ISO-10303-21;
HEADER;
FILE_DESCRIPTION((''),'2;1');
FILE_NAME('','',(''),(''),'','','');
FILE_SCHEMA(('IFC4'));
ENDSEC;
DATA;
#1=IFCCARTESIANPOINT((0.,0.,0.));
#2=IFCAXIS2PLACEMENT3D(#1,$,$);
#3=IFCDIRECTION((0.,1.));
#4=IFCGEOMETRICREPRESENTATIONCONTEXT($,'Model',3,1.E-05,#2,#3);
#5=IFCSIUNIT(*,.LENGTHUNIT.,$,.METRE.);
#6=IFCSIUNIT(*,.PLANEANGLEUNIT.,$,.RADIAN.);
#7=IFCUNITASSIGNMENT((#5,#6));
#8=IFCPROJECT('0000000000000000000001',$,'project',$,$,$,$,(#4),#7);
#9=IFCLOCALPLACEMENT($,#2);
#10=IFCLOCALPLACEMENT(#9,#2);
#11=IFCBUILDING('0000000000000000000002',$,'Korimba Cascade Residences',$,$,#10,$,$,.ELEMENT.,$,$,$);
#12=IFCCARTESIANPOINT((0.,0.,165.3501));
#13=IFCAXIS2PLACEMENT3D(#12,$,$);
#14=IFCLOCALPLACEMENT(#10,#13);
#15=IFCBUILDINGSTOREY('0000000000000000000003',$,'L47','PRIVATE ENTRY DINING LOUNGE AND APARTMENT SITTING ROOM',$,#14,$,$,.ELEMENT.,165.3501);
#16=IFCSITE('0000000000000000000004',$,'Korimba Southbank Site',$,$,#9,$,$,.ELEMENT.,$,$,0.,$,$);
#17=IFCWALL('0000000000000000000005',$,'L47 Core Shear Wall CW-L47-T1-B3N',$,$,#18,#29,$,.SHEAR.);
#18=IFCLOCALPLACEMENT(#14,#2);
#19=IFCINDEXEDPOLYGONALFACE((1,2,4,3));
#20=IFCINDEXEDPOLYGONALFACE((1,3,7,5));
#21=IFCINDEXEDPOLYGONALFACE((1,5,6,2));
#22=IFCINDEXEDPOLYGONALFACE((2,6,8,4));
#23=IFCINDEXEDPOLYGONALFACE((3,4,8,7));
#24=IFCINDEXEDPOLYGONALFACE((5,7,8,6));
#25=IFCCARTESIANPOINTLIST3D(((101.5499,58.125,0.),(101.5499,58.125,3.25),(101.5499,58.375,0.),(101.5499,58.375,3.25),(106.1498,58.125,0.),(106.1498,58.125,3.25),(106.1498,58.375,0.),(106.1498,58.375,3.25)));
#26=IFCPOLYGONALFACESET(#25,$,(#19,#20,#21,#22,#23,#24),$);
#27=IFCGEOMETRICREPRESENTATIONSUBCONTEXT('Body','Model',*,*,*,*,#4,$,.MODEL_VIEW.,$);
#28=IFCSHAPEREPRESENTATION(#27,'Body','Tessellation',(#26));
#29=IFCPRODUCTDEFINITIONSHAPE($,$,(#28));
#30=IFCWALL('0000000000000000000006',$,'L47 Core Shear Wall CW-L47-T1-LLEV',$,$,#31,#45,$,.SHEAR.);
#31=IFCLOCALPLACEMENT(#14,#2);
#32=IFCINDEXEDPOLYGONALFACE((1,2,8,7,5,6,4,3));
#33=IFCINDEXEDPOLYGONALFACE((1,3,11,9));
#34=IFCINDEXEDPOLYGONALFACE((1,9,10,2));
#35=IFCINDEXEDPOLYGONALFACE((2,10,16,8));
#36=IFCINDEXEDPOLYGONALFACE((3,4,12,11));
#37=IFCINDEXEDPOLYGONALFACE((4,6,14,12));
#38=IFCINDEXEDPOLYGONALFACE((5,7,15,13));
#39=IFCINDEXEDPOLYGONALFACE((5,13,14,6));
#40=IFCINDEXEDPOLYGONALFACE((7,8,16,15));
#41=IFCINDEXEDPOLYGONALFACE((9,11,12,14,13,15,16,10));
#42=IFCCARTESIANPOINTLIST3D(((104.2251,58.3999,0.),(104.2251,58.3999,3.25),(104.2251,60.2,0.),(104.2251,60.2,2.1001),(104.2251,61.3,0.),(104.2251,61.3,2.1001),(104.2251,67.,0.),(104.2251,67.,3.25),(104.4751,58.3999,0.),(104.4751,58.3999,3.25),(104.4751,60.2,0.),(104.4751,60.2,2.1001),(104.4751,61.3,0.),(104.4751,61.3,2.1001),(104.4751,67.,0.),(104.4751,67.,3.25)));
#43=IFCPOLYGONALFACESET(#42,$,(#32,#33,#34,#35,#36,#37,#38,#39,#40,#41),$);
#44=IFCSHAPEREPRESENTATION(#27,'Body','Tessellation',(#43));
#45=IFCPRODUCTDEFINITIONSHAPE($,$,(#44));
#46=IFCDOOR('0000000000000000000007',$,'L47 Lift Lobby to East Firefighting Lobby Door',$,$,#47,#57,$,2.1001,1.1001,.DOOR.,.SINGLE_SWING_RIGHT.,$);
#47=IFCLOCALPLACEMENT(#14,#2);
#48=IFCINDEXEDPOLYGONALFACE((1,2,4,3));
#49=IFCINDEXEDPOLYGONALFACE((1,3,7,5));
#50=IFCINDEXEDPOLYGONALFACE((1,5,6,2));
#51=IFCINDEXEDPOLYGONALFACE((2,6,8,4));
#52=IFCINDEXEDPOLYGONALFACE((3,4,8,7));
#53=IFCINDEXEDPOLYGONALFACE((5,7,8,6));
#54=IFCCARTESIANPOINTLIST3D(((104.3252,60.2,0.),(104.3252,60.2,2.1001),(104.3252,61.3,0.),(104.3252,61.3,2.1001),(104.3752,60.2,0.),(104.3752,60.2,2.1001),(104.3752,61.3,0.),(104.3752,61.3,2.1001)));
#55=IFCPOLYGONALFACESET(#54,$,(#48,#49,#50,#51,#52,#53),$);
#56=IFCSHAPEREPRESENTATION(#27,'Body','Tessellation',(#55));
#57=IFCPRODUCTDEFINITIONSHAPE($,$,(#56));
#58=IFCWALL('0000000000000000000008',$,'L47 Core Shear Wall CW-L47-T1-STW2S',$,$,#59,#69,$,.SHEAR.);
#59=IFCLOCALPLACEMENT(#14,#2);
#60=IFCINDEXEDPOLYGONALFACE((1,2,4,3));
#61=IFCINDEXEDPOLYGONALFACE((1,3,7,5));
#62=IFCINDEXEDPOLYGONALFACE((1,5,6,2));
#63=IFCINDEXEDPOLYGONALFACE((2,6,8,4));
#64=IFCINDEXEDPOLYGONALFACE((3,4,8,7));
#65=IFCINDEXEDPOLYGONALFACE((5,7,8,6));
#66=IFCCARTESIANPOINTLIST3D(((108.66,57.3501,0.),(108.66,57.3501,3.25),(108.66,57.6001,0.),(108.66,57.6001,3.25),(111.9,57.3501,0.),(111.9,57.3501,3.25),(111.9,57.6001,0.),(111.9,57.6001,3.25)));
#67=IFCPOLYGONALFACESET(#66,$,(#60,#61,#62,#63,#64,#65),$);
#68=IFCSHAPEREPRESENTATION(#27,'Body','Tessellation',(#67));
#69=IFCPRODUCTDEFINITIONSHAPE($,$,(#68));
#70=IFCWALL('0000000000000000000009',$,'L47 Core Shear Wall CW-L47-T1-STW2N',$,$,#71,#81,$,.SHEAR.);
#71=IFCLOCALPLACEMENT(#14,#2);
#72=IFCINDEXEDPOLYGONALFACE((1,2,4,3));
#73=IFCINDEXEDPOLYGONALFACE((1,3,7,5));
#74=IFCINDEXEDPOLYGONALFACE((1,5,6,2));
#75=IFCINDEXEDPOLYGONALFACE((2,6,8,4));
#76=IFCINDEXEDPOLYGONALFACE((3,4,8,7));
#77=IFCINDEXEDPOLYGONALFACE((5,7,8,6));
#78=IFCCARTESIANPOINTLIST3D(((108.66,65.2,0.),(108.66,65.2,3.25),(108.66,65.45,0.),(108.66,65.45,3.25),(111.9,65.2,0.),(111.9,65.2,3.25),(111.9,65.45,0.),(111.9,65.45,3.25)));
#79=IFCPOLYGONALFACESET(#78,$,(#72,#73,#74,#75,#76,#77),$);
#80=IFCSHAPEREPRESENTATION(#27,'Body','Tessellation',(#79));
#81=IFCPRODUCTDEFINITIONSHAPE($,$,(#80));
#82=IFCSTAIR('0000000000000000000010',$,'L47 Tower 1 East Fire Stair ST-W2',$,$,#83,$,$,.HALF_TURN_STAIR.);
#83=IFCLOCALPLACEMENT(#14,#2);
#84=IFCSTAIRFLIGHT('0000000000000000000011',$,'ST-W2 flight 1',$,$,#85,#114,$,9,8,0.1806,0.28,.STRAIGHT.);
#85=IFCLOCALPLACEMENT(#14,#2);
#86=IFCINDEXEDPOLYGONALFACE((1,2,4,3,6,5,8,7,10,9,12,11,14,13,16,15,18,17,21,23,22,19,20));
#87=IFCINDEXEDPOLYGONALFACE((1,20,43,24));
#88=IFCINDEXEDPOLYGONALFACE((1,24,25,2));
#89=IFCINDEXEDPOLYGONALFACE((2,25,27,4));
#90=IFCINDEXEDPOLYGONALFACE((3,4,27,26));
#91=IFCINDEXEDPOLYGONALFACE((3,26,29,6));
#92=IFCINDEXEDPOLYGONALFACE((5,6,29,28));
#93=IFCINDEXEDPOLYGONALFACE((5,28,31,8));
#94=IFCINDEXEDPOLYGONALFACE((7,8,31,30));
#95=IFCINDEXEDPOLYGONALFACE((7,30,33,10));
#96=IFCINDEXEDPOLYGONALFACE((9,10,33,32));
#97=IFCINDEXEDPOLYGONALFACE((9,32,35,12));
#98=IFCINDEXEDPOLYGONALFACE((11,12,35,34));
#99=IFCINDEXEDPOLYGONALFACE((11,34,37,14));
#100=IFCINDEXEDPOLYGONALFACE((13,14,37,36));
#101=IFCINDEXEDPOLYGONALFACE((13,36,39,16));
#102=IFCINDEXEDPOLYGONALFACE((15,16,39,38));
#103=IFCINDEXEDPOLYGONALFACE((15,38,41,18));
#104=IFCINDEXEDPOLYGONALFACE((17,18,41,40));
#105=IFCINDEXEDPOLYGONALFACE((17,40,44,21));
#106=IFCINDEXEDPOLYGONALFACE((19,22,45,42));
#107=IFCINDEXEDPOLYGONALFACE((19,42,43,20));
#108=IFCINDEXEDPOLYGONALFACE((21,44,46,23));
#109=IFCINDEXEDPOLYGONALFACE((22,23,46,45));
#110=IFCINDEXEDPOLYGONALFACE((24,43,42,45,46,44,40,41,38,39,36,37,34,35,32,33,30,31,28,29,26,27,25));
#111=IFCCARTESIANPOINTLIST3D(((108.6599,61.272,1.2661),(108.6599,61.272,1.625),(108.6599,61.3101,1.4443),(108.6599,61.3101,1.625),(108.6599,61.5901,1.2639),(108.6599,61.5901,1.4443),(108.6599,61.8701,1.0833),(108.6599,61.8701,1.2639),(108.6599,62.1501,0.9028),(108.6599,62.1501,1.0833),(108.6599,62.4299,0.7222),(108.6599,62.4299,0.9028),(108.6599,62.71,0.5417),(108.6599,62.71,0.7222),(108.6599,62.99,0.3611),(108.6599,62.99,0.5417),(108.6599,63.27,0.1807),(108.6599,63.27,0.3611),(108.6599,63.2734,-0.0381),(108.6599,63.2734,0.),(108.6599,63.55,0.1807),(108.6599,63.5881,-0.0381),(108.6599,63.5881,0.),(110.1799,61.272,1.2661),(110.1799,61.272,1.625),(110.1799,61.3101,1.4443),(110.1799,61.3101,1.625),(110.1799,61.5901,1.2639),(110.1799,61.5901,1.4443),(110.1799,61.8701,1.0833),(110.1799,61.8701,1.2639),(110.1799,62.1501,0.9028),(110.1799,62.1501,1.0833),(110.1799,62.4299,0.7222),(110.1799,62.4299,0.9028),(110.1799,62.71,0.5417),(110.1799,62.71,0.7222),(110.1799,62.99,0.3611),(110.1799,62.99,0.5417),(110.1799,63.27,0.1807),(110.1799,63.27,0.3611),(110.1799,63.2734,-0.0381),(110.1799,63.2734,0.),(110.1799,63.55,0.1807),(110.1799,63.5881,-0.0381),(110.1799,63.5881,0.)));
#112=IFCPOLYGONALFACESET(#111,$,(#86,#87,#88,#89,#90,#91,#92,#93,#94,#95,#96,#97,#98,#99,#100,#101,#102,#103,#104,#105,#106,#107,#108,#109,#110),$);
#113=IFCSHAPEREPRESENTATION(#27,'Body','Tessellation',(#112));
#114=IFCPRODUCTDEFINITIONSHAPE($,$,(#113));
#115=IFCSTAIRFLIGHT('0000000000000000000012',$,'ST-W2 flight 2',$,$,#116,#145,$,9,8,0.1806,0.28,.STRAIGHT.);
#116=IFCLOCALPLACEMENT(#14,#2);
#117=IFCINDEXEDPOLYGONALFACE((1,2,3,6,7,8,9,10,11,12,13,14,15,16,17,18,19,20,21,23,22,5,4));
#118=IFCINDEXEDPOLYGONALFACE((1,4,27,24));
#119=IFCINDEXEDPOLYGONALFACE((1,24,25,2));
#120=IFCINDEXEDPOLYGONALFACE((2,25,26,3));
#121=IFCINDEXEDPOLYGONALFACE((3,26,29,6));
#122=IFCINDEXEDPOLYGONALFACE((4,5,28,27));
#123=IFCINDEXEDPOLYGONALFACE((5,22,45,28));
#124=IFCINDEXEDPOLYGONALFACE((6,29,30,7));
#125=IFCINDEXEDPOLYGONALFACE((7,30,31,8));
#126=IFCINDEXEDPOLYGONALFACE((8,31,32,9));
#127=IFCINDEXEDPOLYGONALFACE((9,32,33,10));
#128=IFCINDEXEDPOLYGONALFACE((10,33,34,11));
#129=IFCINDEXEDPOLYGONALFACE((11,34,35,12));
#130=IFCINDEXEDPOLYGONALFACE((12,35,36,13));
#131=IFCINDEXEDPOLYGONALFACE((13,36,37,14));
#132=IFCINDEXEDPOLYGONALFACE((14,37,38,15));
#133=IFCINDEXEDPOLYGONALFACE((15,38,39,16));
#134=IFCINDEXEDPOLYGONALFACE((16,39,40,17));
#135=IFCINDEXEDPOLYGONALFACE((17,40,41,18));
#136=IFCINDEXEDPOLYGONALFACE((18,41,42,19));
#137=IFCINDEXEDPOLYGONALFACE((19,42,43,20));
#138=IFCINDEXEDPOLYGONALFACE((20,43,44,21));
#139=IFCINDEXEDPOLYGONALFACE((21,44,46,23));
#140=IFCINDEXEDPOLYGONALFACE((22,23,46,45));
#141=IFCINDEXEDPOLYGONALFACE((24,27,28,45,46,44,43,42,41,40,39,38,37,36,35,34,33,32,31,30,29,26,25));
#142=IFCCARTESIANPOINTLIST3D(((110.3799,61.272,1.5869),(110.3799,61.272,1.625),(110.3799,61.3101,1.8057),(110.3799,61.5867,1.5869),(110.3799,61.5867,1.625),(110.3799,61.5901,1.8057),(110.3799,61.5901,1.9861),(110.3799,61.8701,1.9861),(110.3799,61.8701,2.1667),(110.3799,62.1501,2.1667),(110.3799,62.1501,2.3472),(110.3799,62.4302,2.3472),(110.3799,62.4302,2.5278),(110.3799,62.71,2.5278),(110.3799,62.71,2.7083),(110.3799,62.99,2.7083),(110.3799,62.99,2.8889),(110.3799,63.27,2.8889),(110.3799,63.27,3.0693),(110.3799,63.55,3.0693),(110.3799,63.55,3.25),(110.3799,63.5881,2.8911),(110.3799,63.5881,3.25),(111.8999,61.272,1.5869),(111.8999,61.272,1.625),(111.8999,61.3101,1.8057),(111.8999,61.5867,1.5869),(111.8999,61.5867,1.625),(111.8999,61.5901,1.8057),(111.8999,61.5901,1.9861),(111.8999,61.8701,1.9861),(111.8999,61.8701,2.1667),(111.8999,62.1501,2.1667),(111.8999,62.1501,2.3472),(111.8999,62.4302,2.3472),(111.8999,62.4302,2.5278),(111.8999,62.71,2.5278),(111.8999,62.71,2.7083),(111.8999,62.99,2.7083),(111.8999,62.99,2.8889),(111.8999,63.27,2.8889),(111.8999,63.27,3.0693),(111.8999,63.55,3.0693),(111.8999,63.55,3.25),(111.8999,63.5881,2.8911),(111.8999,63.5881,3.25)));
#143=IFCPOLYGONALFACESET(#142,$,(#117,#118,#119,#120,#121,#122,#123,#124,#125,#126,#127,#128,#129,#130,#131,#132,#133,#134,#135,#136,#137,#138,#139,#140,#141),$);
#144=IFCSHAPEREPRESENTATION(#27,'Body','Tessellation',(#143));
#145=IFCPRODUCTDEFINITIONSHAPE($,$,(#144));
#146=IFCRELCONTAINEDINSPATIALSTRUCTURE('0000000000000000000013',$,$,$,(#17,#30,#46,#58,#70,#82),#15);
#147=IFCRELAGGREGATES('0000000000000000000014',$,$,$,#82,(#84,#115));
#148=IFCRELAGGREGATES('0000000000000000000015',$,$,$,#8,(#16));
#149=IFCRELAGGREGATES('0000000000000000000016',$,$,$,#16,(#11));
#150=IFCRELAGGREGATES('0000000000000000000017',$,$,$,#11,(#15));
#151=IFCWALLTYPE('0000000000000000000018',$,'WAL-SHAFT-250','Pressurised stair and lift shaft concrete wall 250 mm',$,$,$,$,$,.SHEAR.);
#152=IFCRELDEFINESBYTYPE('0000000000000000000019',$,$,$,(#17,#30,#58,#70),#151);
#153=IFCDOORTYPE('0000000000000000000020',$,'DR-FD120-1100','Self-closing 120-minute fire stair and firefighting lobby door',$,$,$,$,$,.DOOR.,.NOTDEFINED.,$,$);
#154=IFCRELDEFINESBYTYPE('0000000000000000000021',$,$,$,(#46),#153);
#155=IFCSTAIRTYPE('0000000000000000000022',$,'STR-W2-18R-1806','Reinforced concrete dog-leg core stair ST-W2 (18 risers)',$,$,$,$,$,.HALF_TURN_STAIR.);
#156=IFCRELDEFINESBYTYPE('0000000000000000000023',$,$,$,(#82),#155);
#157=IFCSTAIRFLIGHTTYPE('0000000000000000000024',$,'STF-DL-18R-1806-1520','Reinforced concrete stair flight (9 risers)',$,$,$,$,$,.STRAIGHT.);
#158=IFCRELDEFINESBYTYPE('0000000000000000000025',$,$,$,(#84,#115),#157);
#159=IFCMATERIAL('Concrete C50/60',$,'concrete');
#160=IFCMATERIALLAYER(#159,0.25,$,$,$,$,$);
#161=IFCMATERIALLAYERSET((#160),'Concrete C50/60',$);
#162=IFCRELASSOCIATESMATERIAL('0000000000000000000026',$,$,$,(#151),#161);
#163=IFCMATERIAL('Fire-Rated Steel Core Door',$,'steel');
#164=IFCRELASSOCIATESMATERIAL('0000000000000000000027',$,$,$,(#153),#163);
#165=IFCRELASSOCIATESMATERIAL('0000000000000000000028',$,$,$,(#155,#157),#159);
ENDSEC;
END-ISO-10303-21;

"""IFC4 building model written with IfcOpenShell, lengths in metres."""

from ifc_helpers import new_model, si_unit, direction, frame, frame_2d, origin, place, context, subcontext, project, spatial, polyline, rectangle, outline, extrude, material, layer, layer_set, type_object, element, fill, aggregate, save


model = new_model("IFC4")

# Units and contexts
model_context = context("Model", 3, precision=1e-05, world=origin(), true_north=direction((0.0, 1.0)))
body_context = subcontext(model_context, "Body", "Model", "MODEL_VIEW")
ifc_project = project(units=[si_unit("LENGTHUNIT", "METRE"), si_unit("PLANEANGLEUNIT", "RADIAN")], contexts=[model_context])

# Site, building, storey
site_placement = place(None, origin())
site = spatial("IfcSite", under=ifc_project, at=site_placement, Name="Korimba Southbank Site", CompositionType="ELEMENT", RefElevation=0.0)
building_placement = place(site_placement, origin())
building = spatial("IfcBuilding", under=site, at=building_placement, Name="Korimba Cascade Residences", CompositionType="ELEMENT")
storey_placement = place(building_placement, frame((0.0, 0.0, 165.3501)))
storey = spatial("IfcBuildingStorey", under=building, at=storey_placement, Name="L47", Description="PRIVATE ENTRY DINING LOUNGE AND APARTMENT SITTING ROOM", CompositionType="ELEMENT", Elevation=165.3501)

# Wall
ifc_material_1 = material(Name="Concrete C50/60", Category="concrete")
ifc_layer_1 = layer(ifc_material_1, 0.25)
ifc_layer_set_1 = layer_set([ifc_layer_1], Name="Concrete C50/60")
wall_type_1 = type_object("IfcWallType", Name="WAL-SHAFT-250", Description="Pressurised stair and lift shaft concrete wall 250 mm", PredefinedType="SHEAR", material=ifc_layer_set_1)
wall_1_placement = place(storey_placement, frame((101.55, 58.25, 0.0), z_axis=(0.0, 0.0, 1.0), x_axis=(1.0, 0.0, 0.0)))
element("IfcWall", 1, at=wall_1_placement, inside=storey, type_object=wall_type_1, Name="L47 Core Shear Wall CW-L47-T1-B3N", PredefinedType="SHEAR", context=body_context, shape_type="SweptSolid", body=[
    extrude(rectangle(XDim=4.5999, YDim=0.25, at=frame_2d((2.2998, 0.0))), origin(), (0.0, 0.0, 1.0), 3.25),
])

# Wall, opening, door
wall_2_placement = place(storey_placement, frame((104.3501, 58.3999, 0.0), z_axis=(0.0, 0.0, 1.0), x_axis=(0.0, 1.0, 0.0)))
wall_2 = element("IfcWall", 2, at=wall_2_placement, inside=storey, type_object=wall_type_1, Name="L47 Core Shear Wall CW-L47-T1-LLEV", PredefinedType="SHEAR", context=body_context, shape_type="SweptSolid", body=[
    extrude(rectangle(XDim=8.6001, YDim=0.25, at=frame_2d((4.3, 0.0))), origin(), (0.0, 0.0, 1.0), 3.25),
])
opening_1_placement = place(wall_2_placement, frame((1.8, 0.0, 0.0)))
opening_1 = element("IfcOpeningElement", 3, at=opening_1_placement, cuts=wall_2, PredefinedType="OPENING", context=body_context, shape_type="SweptSolid", body=[
    extrude(rectangle(XDim=1.1001, YDim=2.1001, at=frame_2d((0.55, 1.05))), frame((0.0, 0.135, 0.0), z_axis=(0.0, -1.0, 0.0), x_axis=(1.0, 0.0, 0.0)), (0.0, 0.0, 1.0), 0.27),
])
ifc_material_2 = material(Name="Fire-Rated Steel Core Door", Category="steel")
door_type_1 = type_object("IfcDoorType", Name="DR-FD120-1100", Description="Self-closing 120-minute fire stair and firefighting lobby door", OperationType="NOTDEFINED", PredefinedType="DOOR", material=ifc_material_2)
door_1_placement = place(opening_1_placement, origin())
door_1 = element("IfcDoor", 4, at=door_1_placement, inside=storey, type_object=door_type_1, Name="L47 Lift Lobby to East Firefighting Lobby Door", OperationType="SINGLE_SWING_RIGHT", OverallHeight=2.1001, OverallWidth=1.1001, PredefinedType="DOOR", context=body_context, shape_type="SweptSolid", body=[
    extrude(rectangle(XDim=1.1001, YDim=2.1001, at=frame_2d((0.55, 1.05))), frame((0.0, 0.0249, 0.0), z_axis=(0.0, -1.0, 0.0), x_axis=(1.0, 0.0, 0.0)), (0.0, 0.0, 1.0), 0.05),
])
fill(opening_1, door_1)

# Walls
for number, where, z_axis, x_axis, name in (
    (5, (108.6599, 57.4751, 0.0), (0.0, 0.0, 1.0), (1.0, 0.0, 0.0), "L47 Core Shear Wall CW-L47-T1-STW2S"),
    (6, (108.6599, 65.325, 0.0), (0.0, 0.0, 1.0), (1.0, 0.0, 0.0), "L47 Core Shear Wall CW-L47-T1-STW2N"),
):
    element("IfcWall", number, at=place(storey_placement, frame(where, z_axis=z_axis, x_axis=x_axis)), inside=storey, type_object=wall_type_1, Name=name, PredefinedType="SHEAR", context=body_context, shape_type="SweptSolid", body=[
        extrude(rectangle(XDim=3.24, YDim=0.25, at=frame_2d((1.6201, 0.0))), origin(), (0.0, 0.0, 1.0), 3.25),
    ])

# Stair, stair flights
stair_type = type_object("IfcStairType", Name="STR-W2-18R-1806", Description="Reinforced concrete dog-leg core stair ST-W2 (18 risers)", PredefinedType="HALF_TURN_STAIR", material=ifc_material_1)
stair_placement = place(storey_placement, origin())
stair = element("IfcStair", 7, at=stair_placement, inside=storey, type_object=stair_type, Name="L47 Tower 1 East Fire Stair ST-W2", PredefinedType="HALF_TURN_STAIR")
stair_flight_type = type_object("IfcStairFlightType", Name="STF-DL-18R-1806-1520", Description="Reinforced concrete stair flight (9 risers)", PredefinedType="STRAIGHT", material=ifc_material_1)
stair_flight_1_placement = place(storey_placement, frame((109.4199, 63.55, 0.0), z_axis=(0.0, 0.0, 1.0), x_axis=(0.0, -1.0, 0.0)))
stair_flight_1 = element("IfcStairFlight", 8, at=stair_flight_1_placement, type_object=stair_flight_type, Name="ST-W2 flight 1", NumberOfRisers=9, NumberOfTreads=8, PredefinedType="STRAIGHT", RiserHeight=0.1806, TreadLength=0.28, context=body_context, shape_type="SweptSolid", body=[
    extrude(outline(polyline([(-0.0381, 0.0), (0.0, 0.1807), (0.28, 0.1807), (0.28, 0.3611), (0.5601, 0.3611), (0.5601, 0.5417), (0.8401, 0.5417), (0.8401, 0.7222), (1.1201, 0.7222), (1.1201, 0.9028), (1.3999, 0.9028), (1.3999, 1.0833), (1.6799, 1.0833), (1.6799, 1.2639), (1.96, 1.2639), (1.96, 1.4443), (2.24, 1.4443), (2.24, 1.625), (2.2781, 1.625), (2.2781, 1.2661), (0.2766, 0.0), (0.2766, -0.0381), (-0.0381, -0.0381), (-0.0381, 0.0)])), frame((0.0, 0.76, 0.0), z_axis=(0.0, -1.0, 0.0), x_axis=(1.0, 0.0, 0.0)), (0.0, 0.0, 1.0), 1.52),
])
stair_flight_2_placement = place(storey_placement, frame((111.1399, 61.3101, 1.625), z_axis=(0.0, 0.0, 1.0), x_axis=(0.0, 1.0, 0.0)))
stair_flight_2 = element("IfcStairFlight", 9, at=stair_flight_2_placement, type_object=stair_flight_type, Name="ST-W2 flight 2", NumberOfRisers=9, NumberOfTreads=8, PredefinedType="STRAIGHT", RiserHeight=0.1806, TreadLength=0.28, context=body_context, shape_type="SweptSolid", body=[
    extrude(outline(polyline([(-0.0381, 0.0), (0.0, 0.1807), (0.28, 0.1807), (0.28, 0.3611), (0.5601, 0.3611), (0.5601, 0.5417), (0.8401, 0.5417), (0.8401, 0.7222), (1.1201, 0.7222), (1.1201, 0.9028), (1.3999, 0.9028), (1.3999, 1.0833), (1.6799, 1.0833), (1.6799, 1.2639), (1.96, 1.2639), (1.96, 1.4443), (2.24, 1.4443), (2.24, 1.625), (2.2781, 1.625), (2.2781, 1.2661), (0.2766, 0.0), (0.2766, -0.0381), (-0.0381, -0.0381), (-0.0381, 0.0)])), frame((0.0, 0.76, 0.0), z_axis=(0.0, -1.0, 0.0), x_axis=(1.0, 0.0, 0.0)), (0.0, 0.0, 1.0), 1.52),
])
aggregate(stair, [stair_flight_1, stair_flight_2])

save(model, "model.ifc")
